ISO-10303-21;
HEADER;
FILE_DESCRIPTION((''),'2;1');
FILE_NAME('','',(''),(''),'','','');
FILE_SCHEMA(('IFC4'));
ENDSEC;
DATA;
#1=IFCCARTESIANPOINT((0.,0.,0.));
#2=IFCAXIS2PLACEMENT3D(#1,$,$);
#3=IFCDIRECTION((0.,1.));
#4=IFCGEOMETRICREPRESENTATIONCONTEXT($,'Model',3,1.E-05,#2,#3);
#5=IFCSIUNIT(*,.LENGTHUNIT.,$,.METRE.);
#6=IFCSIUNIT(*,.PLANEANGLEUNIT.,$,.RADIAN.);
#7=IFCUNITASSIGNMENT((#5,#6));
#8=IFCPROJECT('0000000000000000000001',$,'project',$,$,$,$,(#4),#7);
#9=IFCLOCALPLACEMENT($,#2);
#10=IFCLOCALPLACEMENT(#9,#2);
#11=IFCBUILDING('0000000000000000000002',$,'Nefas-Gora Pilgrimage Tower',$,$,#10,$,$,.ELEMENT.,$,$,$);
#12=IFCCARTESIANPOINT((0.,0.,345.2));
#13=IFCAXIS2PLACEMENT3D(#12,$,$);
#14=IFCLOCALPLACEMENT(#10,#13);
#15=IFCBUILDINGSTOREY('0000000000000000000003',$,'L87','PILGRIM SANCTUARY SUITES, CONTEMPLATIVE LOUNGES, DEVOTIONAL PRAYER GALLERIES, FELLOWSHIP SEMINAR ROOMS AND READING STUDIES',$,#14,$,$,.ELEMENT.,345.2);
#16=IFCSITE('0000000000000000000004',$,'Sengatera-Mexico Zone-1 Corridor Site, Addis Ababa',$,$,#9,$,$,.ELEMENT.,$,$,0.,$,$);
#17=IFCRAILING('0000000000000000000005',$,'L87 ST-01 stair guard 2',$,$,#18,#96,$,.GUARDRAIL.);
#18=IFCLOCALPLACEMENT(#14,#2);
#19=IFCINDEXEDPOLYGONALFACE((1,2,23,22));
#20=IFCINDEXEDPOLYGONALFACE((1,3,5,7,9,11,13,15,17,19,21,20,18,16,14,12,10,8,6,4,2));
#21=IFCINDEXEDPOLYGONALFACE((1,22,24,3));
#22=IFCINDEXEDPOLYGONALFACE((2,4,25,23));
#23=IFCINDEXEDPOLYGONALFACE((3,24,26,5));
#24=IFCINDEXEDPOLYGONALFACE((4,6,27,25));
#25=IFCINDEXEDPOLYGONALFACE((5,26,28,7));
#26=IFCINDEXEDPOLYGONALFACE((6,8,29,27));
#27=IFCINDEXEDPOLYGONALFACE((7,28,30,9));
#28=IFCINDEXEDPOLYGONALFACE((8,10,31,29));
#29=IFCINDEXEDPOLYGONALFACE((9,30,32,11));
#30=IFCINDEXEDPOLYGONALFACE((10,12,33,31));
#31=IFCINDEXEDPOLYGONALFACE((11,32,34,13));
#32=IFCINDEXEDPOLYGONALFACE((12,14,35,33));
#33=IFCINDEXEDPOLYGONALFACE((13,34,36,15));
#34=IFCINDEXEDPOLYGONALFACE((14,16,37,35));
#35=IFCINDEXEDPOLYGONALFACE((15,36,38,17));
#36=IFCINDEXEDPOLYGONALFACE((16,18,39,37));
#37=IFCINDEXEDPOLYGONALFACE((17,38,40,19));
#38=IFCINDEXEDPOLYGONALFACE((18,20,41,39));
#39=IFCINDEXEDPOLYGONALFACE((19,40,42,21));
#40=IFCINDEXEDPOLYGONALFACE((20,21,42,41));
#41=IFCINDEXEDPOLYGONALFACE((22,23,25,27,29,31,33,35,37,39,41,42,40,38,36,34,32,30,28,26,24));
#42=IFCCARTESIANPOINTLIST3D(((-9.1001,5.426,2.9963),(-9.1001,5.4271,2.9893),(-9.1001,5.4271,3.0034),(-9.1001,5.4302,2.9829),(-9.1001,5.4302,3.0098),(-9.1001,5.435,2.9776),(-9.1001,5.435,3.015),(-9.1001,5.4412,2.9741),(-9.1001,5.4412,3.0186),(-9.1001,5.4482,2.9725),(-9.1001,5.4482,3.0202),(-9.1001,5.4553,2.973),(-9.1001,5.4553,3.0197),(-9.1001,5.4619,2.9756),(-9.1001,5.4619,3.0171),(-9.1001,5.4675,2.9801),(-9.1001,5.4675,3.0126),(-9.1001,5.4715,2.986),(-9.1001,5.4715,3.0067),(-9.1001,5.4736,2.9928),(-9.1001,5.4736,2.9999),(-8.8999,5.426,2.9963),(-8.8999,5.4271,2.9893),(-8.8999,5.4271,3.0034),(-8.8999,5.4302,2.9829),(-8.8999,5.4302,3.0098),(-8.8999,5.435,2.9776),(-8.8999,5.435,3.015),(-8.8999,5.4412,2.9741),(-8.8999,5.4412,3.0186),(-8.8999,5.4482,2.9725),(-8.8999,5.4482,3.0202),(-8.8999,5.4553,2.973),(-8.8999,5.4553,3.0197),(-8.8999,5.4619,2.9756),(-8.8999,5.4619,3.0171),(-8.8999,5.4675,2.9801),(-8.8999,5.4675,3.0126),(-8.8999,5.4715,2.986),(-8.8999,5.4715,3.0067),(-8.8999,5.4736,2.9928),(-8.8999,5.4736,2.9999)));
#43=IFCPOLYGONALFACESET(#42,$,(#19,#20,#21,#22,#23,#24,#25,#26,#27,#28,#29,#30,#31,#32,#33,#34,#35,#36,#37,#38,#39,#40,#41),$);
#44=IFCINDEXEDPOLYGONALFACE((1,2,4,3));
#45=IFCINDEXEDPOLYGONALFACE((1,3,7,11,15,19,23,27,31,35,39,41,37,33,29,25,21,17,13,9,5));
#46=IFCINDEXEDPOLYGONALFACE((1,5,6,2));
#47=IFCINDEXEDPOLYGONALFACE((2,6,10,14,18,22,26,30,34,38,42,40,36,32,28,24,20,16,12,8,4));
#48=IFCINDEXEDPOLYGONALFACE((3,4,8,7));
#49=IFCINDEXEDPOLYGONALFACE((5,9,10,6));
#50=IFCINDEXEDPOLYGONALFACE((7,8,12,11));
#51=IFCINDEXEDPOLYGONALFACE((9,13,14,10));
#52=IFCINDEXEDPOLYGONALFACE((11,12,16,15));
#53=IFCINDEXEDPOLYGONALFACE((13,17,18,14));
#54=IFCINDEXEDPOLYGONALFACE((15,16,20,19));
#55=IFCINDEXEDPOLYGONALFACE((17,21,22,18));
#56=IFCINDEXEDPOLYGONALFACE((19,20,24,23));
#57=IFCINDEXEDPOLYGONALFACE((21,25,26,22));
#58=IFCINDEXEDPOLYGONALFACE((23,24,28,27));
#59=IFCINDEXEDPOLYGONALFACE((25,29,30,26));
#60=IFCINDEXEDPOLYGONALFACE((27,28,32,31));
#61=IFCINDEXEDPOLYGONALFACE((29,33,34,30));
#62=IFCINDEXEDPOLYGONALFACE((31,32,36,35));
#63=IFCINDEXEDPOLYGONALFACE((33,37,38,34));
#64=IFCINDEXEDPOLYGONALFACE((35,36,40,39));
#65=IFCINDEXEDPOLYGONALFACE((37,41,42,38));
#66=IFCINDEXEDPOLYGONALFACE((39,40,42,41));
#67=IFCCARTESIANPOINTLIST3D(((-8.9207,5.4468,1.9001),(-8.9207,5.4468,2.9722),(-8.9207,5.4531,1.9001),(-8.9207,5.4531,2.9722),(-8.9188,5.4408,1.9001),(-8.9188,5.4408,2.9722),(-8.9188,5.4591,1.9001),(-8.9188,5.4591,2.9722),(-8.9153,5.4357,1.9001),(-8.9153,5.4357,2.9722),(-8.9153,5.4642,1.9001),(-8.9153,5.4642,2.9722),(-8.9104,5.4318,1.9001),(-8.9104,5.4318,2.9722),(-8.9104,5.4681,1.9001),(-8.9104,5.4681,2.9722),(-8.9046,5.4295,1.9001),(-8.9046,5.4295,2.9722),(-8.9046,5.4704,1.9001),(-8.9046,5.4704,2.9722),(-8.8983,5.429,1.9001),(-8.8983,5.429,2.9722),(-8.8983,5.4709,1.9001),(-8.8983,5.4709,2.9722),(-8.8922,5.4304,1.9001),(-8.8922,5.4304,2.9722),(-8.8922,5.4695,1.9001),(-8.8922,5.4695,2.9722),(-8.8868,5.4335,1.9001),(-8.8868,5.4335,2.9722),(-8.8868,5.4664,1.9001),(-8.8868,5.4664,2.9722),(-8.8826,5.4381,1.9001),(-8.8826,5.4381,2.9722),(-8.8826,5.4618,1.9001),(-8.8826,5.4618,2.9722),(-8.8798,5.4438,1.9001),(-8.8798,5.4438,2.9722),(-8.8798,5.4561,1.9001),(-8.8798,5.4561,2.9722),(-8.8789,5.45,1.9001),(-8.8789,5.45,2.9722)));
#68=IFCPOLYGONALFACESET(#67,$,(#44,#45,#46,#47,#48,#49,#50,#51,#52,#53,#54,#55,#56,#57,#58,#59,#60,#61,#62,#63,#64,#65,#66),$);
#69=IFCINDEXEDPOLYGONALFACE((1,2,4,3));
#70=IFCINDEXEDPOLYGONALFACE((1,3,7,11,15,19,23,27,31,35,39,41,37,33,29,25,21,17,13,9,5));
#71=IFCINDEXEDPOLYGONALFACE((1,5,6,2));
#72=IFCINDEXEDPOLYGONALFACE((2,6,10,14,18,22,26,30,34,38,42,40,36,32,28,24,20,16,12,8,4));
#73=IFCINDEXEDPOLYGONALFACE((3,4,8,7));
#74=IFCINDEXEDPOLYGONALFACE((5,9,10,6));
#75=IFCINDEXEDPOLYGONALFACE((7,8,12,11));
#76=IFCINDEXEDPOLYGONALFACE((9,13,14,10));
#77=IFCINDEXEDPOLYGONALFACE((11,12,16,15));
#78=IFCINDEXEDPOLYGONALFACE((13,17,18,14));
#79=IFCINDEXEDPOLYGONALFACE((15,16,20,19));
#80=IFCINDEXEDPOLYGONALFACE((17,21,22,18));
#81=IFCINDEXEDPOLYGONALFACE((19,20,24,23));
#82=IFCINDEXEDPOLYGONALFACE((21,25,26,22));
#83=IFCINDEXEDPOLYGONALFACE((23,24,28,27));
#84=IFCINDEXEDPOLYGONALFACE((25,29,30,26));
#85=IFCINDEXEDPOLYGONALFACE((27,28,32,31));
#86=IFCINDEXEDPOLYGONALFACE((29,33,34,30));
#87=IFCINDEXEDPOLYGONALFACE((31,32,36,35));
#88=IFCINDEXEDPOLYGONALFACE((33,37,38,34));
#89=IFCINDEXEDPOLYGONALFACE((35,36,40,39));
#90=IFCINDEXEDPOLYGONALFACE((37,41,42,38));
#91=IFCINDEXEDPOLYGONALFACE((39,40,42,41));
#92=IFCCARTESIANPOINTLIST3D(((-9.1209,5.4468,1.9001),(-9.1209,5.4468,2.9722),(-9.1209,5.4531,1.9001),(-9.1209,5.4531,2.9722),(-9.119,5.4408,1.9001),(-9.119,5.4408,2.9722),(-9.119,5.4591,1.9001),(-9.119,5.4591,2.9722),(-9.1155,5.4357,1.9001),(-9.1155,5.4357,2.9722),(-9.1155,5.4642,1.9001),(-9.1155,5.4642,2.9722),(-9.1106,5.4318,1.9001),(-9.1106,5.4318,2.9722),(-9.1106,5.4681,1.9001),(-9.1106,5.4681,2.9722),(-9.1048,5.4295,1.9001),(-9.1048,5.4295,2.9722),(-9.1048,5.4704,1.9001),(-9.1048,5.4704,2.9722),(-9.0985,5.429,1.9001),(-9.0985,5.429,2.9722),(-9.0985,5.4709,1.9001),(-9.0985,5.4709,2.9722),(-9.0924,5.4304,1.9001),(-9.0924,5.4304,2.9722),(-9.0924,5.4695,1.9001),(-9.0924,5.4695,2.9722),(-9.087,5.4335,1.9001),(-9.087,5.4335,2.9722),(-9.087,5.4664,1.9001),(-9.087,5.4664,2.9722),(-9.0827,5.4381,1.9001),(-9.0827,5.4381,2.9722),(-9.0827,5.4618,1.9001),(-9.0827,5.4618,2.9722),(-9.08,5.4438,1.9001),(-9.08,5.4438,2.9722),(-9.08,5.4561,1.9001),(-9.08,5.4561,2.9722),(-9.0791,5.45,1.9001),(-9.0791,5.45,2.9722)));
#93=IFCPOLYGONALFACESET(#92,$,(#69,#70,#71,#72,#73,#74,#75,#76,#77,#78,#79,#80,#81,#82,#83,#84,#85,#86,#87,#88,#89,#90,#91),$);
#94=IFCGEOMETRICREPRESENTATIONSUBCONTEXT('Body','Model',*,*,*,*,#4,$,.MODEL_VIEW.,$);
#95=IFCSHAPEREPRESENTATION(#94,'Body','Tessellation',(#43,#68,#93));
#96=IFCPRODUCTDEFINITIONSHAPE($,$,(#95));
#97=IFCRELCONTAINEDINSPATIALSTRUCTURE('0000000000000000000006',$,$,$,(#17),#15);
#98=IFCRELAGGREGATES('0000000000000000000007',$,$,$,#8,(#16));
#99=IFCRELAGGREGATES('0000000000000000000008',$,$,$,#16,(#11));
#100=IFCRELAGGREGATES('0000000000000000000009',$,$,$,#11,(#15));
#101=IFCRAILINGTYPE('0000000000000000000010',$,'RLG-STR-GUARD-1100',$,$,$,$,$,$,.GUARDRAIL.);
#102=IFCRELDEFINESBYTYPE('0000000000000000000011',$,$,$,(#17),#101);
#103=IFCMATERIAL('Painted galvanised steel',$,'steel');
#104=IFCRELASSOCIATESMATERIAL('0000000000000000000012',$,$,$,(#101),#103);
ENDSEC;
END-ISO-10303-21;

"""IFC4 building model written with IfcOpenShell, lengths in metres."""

from ifc_helpers import new_model, si_unit, direction, frame, origin, origin_2d, place, context, subcontext, project, spatial, circle, extrude, material, type_object, element, save


model = new_model("IFC4")

# Units and contexts
model_context = context("Model", 3, precision=1e-05, world=origin(), true_north=direction((0.0, 1.0)))
body_context = subcontext(model_context, "Body", "Model", "MODEL_VIEW")
ifc_project = project(units=[si_unit("LENGTHUNIT", "METRE"), si_unit("PLANEANGLEUNIT", "RADIAN")], contexts=[model_context])

# Site, building, storey
site_placement = place(None, origin())
site = spatial("IfcSite", under=ifc_project, at=site_placement, Name="Sengatera-Mexico Zone-1 Corridor Site, Addis Ababa", CompositionType="ELEMENT", RefElevation=0.0)
building_placement = place(site_placement, origin())
building = spatial("IfcBuilding", under=site, at=building_placement, Name="Nefas-Gora Pilgrimage Tower", CompositionType="ELEMENT")
storey_placement = place(building_placement, frame((0.0, 0.0, 345.2)))
storey = spatial("IfcBuildingStorey", under=building, at=storey_placement, Name="L87", Description="PILGRIM SANCTUARY SUITES, CONTEMPLATIVE LOUNGES, DEVOTIONAL PRAYER GALLERIES, FELLOWSHIP SEMINAR ROOMS AND READING STUDIES", CompositionType="ELEMENT", Elevation=345.2)

# Railing
ifc_material_1 = material(Name="Painted galvanised steel", Category="steel")
railing_type_1 = type_object("IfcRailingType", Name="RLG-STR-GUARD-1100", PredefinedType="GUARDRAIL", material=ifc_material_1)
railing_1_placement = place(storey_placement, frame((-8.8999, 5.45, 1.9001)))
element("IfcRailing", 1, at=railing_1_placement, inside=storey, type_object=railing_type_1, Name="L87 ST-01 stair guard 2", PredefinedType="GUARDRAIL", context=body_context, shape_type="SweptSolid", body=[
    extrude(circle(Radius=0.0239, at=origin_2d()), frame((0.0, 0.0, 1.0962), z_axis=(-1.0, 0.0, 0.0), x_axis=(0.0, -1.0, 0.0)), (0.0, 0.0, 1.0), 0.2002),
    extrude(circle(Radius=0.021, at=origin_2d()), origin(), (0.0, 0.0, 1.0), 1.072),
    extrude(circle(Radius=0.021, at=origin_2d()), frame((-0.2002, 0.0, 0.0)), (0.0, 0.0, 1.0), 1.072),
])

save(model, "model.ifc")
